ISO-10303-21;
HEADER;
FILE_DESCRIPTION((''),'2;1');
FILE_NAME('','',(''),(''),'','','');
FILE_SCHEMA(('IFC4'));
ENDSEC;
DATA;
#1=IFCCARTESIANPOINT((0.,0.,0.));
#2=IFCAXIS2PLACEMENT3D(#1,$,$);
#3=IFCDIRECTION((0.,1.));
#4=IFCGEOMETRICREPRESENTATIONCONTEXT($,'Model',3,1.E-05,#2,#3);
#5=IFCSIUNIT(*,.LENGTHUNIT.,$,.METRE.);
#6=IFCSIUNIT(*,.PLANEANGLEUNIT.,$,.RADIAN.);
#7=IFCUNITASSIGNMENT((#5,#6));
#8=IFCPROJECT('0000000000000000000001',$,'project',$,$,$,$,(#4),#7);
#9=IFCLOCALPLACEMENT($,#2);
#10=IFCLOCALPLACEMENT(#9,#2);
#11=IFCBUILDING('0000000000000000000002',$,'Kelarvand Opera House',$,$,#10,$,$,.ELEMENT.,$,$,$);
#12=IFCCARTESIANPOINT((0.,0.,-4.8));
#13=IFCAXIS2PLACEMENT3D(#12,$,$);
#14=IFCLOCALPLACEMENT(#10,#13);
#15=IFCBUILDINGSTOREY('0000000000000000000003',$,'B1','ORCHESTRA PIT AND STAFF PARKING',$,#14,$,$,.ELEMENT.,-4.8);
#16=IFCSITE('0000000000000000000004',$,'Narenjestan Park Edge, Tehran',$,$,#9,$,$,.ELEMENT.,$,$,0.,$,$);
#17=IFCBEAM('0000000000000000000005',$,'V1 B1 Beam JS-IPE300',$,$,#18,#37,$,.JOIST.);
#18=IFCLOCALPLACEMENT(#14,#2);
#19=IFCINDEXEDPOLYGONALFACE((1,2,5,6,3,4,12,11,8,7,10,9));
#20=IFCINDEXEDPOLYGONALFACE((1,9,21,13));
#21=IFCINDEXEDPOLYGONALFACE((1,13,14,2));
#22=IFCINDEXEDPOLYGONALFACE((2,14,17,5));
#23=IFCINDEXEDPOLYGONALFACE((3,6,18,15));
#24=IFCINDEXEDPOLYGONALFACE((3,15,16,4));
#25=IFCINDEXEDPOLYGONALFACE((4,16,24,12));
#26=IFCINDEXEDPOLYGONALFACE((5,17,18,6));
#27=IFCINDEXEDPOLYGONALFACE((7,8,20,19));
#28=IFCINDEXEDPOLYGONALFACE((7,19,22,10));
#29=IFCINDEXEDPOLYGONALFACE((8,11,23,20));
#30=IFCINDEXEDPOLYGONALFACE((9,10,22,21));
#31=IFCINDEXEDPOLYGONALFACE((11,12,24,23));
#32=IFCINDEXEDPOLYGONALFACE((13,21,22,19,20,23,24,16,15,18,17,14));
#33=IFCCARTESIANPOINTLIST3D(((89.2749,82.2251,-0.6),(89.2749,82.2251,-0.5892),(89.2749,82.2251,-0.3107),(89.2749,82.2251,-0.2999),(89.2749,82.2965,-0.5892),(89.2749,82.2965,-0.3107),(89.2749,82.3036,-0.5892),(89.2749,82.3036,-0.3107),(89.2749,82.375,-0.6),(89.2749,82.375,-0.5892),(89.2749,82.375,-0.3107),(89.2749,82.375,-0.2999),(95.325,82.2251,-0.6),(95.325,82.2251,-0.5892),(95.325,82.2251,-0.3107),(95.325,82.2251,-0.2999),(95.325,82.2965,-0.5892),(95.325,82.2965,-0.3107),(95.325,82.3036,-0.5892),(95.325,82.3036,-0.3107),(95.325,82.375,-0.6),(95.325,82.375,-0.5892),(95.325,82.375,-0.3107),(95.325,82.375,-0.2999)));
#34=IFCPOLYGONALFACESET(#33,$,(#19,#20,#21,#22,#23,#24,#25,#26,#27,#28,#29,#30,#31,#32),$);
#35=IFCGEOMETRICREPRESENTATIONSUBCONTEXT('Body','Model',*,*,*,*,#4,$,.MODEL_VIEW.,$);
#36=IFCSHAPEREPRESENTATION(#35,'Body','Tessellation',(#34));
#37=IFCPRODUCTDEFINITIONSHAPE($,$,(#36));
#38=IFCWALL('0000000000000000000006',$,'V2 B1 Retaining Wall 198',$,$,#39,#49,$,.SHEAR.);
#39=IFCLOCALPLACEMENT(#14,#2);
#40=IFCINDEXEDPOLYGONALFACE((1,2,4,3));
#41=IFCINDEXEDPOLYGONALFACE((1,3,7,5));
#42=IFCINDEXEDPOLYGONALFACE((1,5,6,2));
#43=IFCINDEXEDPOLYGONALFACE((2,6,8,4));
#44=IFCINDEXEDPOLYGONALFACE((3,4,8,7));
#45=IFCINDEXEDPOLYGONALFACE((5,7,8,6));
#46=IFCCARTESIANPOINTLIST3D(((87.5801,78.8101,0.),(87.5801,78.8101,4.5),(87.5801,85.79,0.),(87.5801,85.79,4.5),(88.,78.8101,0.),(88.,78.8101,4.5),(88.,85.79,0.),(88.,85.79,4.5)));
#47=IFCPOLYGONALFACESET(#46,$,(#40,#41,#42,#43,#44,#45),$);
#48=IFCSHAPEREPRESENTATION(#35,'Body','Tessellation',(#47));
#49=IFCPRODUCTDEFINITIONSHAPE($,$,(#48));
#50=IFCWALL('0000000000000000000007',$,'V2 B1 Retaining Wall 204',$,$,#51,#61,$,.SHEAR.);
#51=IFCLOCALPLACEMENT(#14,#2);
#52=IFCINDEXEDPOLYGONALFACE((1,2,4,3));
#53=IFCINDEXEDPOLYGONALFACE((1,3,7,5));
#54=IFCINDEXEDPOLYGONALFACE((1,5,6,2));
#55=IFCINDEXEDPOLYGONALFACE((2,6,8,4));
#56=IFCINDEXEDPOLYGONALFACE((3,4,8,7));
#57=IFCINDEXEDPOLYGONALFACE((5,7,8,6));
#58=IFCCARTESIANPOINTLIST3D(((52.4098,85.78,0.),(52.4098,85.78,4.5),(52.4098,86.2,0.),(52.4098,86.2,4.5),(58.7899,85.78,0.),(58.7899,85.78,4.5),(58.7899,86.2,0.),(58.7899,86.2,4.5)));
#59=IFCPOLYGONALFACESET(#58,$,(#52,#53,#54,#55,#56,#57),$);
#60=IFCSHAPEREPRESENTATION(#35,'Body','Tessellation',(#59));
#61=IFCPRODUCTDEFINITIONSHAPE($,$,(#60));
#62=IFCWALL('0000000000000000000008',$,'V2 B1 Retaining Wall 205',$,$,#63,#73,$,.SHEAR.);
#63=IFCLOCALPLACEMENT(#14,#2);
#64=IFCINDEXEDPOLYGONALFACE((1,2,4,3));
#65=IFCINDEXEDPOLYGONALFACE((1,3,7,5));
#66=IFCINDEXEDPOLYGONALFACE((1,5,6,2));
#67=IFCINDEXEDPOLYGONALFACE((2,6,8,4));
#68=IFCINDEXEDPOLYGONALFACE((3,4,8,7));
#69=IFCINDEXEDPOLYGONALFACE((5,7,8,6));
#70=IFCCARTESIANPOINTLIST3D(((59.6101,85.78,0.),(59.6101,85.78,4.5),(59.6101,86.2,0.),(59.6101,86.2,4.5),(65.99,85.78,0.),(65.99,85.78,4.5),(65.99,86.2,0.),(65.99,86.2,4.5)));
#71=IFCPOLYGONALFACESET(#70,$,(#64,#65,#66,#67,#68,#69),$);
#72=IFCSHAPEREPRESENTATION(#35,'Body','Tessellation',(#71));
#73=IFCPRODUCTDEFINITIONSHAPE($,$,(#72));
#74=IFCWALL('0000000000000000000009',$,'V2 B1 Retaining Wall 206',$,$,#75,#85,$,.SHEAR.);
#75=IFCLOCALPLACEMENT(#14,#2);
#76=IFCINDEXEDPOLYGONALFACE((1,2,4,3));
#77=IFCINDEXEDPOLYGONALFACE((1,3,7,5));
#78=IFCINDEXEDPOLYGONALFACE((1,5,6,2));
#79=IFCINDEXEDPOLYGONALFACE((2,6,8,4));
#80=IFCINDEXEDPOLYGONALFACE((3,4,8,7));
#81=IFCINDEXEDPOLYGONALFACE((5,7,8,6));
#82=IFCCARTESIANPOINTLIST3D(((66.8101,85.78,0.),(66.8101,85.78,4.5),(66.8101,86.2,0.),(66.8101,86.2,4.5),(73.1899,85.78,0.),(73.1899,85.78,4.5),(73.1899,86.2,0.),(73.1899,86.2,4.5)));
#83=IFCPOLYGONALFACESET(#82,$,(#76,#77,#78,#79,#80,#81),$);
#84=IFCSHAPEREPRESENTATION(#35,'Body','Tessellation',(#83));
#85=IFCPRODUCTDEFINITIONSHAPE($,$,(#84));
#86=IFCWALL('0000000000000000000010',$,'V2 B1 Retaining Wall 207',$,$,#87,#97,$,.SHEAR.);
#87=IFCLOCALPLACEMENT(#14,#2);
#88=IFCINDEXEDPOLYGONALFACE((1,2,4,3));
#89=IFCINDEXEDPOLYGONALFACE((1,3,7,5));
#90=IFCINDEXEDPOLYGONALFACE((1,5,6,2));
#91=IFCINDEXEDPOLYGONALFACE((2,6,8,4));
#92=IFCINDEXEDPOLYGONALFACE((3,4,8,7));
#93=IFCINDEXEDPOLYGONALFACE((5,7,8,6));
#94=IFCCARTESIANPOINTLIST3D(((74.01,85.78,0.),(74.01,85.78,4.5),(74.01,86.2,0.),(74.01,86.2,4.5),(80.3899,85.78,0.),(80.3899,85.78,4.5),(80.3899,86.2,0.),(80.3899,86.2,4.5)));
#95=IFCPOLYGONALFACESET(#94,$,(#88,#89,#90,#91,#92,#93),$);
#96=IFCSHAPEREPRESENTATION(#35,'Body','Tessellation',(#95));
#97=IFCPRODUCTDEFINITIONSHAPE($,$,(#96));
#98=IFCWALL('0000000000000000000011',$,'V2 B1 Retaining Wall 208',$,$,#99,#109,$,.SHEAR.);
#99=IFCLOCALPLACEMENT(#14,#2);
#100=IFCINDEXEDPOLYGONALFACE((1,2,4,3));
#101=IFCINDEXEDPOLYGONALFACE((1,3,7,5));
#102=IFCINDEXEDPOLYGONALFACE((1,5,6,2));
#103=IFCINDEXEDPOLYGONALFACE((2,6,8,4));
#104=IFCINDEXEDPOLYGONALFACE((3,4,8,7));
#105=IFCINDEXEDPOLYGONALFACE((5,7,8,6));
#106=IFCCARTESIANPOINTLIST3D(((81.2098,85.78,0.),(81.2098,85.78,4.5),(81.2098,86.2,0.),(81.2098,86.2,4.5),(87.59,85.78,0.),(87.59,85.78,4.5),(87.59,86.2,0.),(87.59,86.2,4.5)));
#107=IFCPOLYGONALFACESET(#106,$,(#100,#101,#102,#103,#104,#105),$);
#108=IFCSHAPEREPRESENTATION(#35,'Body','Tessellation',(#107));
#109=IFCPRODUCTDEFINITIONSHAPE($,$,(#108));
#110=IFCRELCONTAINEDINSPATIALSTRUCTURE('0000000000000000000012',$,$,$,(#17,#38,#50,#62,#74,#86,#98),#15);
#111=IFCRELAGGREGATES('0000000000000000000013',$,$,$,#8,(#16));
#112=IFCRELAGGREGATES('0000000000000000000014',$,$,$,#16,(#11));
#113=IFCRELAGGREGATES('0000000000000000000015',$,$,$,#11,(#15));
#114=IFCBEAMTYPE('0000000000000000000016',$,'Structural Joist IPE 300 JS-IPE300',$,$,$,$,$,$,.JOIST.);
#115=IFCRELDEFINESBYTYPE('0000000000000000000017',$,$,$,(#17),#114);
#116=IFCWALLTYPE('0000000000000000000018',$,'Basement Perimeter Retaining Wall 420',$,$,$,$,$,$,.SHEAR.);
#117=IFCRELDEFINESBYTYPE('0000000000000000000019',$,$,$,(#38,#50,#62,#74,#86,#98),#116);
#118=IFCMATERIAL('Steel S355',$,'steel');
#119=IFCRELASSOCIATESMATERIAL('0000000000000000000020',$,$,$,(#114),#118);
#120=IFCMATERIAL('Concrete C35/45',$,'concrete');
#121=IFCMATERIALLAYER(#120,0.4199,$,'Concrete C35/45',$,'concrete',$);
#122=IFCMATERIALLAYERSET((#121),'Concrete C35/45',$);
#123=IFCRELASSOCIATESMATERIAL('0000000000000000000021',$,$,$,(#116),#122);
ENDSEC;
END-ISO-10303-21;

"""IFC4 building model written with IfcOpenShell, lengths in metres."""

from ifc_helpers import new_model, si_unit, direction, frame, frame_2d, origin, origin_2d, place, context, subcontext, project, spatial, rectangle, i_section, extrude, material, layer, layer_set, material_profile, profile_set, type_object, element, save


model = new_model("IFC4")

# Units and contexts
model_context = context("Model", 3, precision=1e-05, world=origin(), true_north=direction((0.0, 1.0)))
body_context = subcontext(model_context, "Body", "Model", "MODEL_VIEW")
ifc_project = project(units=[si_unit("LENGTHUNIT", "METRE"), si_unit("PLANEANGLEUNIT", "RADIAN")], contexts=[model_context])

# Site, building, storey
site_placement = place(None, origin())
site = spatial("IfcSite", under=ifc_project, at=site_placement, Name="Narenjestan Park Edge, Tehran", CompositionType="ELEMENT", RefElevation=0.0)
building_placement = place(site_placement, origin())
building = spatial("IfcBuilding", under=site, at=building_placement, Name="Kelarvand Opera House", CompositionType="ELEMENT")
storey_placement = place(building_placement, frame((0.0, 0.0, -4.8)))
storey = spatial("IfcBuildingStorey", under=building, at=storey_placement, Name="B1", Description="ORCHESTRA PIT AND STAFF PARKING", CompositionType="ELEMENT", Elevation=-4.8)

# Beam
ifc_material_1 = material(Name="Steel S355", Category="steel")
ifc_material_profile_1 = material_profile(ifc_material_1, i_section(OverallWidth=0.1499, OverallDepth=0.3, WebThickness=0.0071, FlangeThickness=0.0107, at=origin_2d()), Name="IPE 300", Category="steel")
ifc_profile_set_1 = profile_set([ifc_material_profile_1], Name="Steel S355")
beam_type_1 = type_object("IfcBeamType", Name="Structural Joist IPE 300 JS-IPE300", PredefinedType="JOIST", material=ifc_profile_set_1)
beam_1_placement = place(storey_placement, frame((89.2749, 82.3, -0.45), z_axis=(1.0, 0.0, 0.0), x_axis=(0.0, 1.0, 0.0)))
element("IfcBeam", 1, at=beam_1_placement, inside=storey, type_object=beam_type_1, Name="V1 B1 Beam JS-IPE300", PredefinedType="JOIST", context=body_context, shape_type="SweptSolid", body=[
    extrude(i_section(OverallWidth=0.1499, OverallDepth=0.3, WebThickness=0.0071, FlangeThickness=0.0107, at=origin_2d()), origin(), (0.0, 0.0, 1.0), 6.05),
])

# Walls
ifc_material_2 = material(Name="Concrete C35/45", Category="concrete")
ifc_layer = layer(ifc_material_2, 0.4199, Name="Concrete C35/45", Category="concrete")
ifc_layer_set = layer_set([ifc_layer], Name="Concrete C35/45")
wall_type = type_object("IfcWallType", Name="Basement Perimeter Retaining Wall 420", PredefinedType="SHEAR", material=ifc_layer_set)
wall_1_placement = place(storey_placement, frame((87.79, 85.79, 0.0), z_axis=(0.0, 0.0, 1.0), x_axis=(0.0, -1.0, 0.0)))
element("IfcWall", 2, at=wall_1_placement, inside=storey, type_object=wall_type, Name="V2 B1 Retaining Wall 198", PredefinedType="SHEAR", context=body_context, shape_type="SweptSolid", body=[
    extrude(rectangle(XDim=6.98, YDim=0.4199, at=frame_2d((3.49, 0.0))), origin(), (0.0, 0.0, 1.0), 4.5),
])
wall_2_placement = place(storey_placement, frame((52.4099, 85.99, 0.0), z_axis=(0.0, 0.0, 1.0), x_axis=(1.0, 0.0, 0.0)))
element("IfcWall", 3, at=wall_2_placement, inside=storey, type_object=wall_type, Name="V2 B1 Retaining Wall 204", PredefinedType="SHEAR", context=body_context, shape_type="SweptSolid", body=[
    extrude(rectangle(XDim=6.3801, YDim=0.4199, at=frame_2d((3.1899, 0.0))), origin(), (0.0, 0.0, 1.0), 4.5),
])
for number, where, z_axis, x_axis, name in (
    (4, (59.6101, 85.99, 0.0), (0.0, 0.0, 1.0), (1.0, 0.0, 0.0), "V2 B1 Retaining Wall 205"),
    (5, (66.8101, 85.99, 0.0), (0.0, 0.0, 1.0), (1.0, 0.0, 0.0), "V2 B1 Retaining Wall 206"),
    (6, (74.01, 85.99, 0.0), (0.0, 0.0, 1.0), (1.0, 0.0, 0.0), "V2 B1 Retaining Wall 207"),
):
    element("IfcWall", number, at=place(storey_placement, frame(where, z_axis=z_axis, x_axis=x_axis)), inside=storey, type_object=wall_type, Name=name, PredefinedType="SHEAR", context=body_context, shape_type="SweptSolid", body=[
        extrude(rectangle(XDim=6.3799, YDim=0.4199, at=frame_2d((3.1899, 0.0))), origin(), (0.0, 0.0, 1.0), 4.5),
    ])
wall_3_placement = place(storey_placement, frame((81.21, 85.99, 0.0), z_axis=(0.0, 0.0, 1.0), x_axis=(1.0, 0.0, 0.0)))
element("IfcWall", 7, at=wall_3_placement, inside=storey, type_object=wall_type, Name="V2 B1 Retaining Wall 208", PredefinedType="SHEAR", context=body_context, shape_type="SweptSolid", body=[
    extrude(rectangle(XDim=6.3801, YDim=0.4199, at=frame_2d((3.1899, 0.0))), origin(), (0.0, 0.0, 1.0), 4.5),
])

save(model, "model.ifc")
